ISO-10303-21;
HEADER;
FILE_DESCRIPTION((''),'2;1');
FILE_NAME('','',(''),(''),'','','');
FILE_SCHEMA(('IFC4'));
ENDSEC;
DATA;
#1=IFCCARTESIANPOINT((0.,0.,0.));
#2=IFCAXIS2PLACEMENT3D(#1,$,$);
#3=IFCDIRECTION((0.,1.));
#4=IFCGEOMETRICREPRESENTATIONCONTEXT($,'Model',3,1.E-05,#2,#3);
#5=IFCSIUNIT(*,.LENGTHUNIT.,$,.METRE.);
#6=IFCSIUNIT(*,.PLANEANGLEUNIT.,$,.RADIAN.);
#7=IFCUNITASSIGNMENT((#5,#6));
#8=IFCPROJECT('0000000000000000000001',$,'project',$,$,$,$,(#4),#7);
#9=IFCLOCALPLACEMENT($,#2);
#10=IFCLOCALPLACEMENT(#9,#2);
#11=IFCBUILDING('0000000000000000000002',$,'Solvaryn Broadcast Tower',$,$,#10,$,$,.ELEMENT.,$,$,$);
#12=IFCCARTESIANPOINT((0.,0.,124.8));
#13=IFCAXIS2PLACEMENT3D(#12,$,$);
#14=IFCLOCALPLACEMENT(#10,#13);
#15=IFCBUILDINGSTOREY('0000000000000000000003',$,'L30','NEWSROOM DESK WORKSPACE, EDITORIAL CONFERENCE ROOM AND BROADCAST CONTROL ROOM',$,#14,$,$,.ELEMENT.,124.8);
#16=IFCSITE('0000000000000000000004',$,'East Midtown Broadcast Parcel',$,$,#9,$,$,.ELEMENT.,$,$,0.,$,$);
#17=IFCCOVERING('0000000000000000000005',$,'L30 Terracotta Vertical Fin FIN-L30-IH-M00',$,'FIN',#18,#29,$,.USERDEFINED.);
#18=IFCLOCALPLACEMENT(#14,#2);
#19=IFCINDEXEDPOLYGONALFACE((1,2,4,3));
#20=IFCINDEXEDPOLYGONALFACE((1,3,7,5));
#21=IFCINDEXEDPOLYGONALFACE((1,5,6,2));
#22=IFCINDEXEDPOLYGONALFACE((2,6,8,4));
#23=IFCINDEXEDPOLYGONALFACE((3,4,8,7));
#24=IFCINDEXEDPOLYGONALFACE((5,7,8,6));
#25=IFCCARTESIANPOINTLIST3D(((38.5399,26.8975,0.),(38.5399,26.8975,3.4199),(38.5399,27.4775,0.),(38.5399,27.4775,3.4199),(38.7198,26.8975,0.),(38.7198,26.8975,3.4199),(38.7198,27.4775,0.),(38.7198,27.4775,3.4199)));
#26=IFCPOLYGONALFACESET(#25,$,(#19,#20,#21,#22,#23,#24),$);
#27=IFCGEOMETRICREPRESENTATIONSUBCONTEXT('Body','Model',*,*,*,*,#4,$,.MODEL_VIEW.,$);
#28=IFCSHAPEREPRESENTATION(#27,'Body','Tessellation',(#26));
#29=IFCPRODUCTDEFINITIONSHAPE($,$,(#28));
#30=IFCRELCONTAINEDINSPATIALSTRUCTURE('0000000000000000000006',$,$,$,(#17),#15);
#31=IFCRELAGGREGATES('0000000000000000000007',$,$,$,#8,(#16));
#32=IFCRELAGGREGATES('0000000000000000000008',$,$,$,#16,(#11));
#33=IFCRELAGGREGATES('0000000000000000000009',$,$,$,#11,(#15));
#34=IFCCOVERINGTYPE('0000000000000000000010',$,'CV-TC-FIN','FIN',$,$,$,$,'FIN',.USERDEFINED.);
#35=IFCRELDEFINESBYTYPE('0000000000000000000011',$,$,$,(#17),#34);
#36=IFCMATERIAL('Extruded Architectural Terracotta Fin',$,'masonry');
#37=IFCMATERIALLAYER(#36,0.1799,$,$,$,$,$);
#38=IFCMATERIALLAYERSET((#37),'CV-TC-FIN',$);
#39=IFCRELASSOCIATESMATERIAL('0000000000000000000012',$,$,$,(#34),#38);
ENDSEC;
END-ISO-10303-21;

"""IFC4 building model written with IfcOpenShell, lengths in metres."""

from ifc_helpers import new_model, si_unit, direction, frame, origin, origin_2d, place, context, subcontext, project, spatial, rectangle, extrude, material, layer, layer_set, type_object, element, save


model = new_model("IFC4")

# Units and contexts
model_context = context("Model", 3, precision=1e-05, world=origin(), true_north=direction((0.0, 1.0)))
body_context = subcontext(model_context, "Body", "Model", "MODEL_VIEW")
ifc_project = project(units=[si_unit("LENGTHUNIT", "METRE"), si_unit("PLANEANGLEUNIT", "RADIAN")], contexts=[model_context])

# Site, building, storey
site_placement = place(None, origin())
site = spatial("IfcSite", under=ifc_project, at=site_placement, Name="East Midtown Broadcast Parcel", CompositionType="ELEMENT", RefElevation=0.0)
building_placement = place(site_placement, origin())
building = spatial("IfcBuilding", under=site, at=building_placement, Name="Solvaryn Broadcast Tower", CompositionType="ELEMENT")
storey_placement = place(building_placement, frame((0.0, 0.0, 124.8)))
storey = spatial("IfcBuildingStorey", under=building, at=storey_placement, Name="L30", Description="NEWSROOM DESK WORKSPACE, EDITORIAL CONFERENCE ROOM AND BROADCAST CONTROL ROOM", CompositionType="ELEMENT", Elevation=124.8)

# Covering
ifc_material_1 = material(Name="Extruded Architectural Terracotta Fin", Category="masonry")
ifc_layer_1 = layer(ifc_material_1, 0.1799)
ifc_layer_set_1 = layer_set([ifc_layer_1], Name="CV-TC-FIN")
covering_type_1 = type_object("IfcCoveringType", Name="CV-TC-FIN", Description="FIN", ElementType="FIN", PredefinedType="USERDEFINED", material=ifc_layer_set_1)
for number, where, z_axis, x_axis, name in (
    (1, (38.6299, 27.1875, 0.0), (0.0, 0.0, 1.0), (1.0, 0.0, 0.0), "L30 Terracotta Vertical Fin FIN-L30-IH-M00"),
):
    element("IfcCovering", number, at=place(storey_placement, frame(where, z_axis=z_axis, x_axis=x_axis)), inside=storey, type_object=covering_type_1, Name=name, ObjectType="FIN", PredefinedType="USERDEFINED", context=body_context, shape_type="SweptSolid", body=[
        extrude(rectangle(XDim=0.1799, YDim=0.5801, at=origin_2d()), origin(), (0.0, 0.0, 1.0), 3.4199),
    ])

save(model, "model.ifc")
